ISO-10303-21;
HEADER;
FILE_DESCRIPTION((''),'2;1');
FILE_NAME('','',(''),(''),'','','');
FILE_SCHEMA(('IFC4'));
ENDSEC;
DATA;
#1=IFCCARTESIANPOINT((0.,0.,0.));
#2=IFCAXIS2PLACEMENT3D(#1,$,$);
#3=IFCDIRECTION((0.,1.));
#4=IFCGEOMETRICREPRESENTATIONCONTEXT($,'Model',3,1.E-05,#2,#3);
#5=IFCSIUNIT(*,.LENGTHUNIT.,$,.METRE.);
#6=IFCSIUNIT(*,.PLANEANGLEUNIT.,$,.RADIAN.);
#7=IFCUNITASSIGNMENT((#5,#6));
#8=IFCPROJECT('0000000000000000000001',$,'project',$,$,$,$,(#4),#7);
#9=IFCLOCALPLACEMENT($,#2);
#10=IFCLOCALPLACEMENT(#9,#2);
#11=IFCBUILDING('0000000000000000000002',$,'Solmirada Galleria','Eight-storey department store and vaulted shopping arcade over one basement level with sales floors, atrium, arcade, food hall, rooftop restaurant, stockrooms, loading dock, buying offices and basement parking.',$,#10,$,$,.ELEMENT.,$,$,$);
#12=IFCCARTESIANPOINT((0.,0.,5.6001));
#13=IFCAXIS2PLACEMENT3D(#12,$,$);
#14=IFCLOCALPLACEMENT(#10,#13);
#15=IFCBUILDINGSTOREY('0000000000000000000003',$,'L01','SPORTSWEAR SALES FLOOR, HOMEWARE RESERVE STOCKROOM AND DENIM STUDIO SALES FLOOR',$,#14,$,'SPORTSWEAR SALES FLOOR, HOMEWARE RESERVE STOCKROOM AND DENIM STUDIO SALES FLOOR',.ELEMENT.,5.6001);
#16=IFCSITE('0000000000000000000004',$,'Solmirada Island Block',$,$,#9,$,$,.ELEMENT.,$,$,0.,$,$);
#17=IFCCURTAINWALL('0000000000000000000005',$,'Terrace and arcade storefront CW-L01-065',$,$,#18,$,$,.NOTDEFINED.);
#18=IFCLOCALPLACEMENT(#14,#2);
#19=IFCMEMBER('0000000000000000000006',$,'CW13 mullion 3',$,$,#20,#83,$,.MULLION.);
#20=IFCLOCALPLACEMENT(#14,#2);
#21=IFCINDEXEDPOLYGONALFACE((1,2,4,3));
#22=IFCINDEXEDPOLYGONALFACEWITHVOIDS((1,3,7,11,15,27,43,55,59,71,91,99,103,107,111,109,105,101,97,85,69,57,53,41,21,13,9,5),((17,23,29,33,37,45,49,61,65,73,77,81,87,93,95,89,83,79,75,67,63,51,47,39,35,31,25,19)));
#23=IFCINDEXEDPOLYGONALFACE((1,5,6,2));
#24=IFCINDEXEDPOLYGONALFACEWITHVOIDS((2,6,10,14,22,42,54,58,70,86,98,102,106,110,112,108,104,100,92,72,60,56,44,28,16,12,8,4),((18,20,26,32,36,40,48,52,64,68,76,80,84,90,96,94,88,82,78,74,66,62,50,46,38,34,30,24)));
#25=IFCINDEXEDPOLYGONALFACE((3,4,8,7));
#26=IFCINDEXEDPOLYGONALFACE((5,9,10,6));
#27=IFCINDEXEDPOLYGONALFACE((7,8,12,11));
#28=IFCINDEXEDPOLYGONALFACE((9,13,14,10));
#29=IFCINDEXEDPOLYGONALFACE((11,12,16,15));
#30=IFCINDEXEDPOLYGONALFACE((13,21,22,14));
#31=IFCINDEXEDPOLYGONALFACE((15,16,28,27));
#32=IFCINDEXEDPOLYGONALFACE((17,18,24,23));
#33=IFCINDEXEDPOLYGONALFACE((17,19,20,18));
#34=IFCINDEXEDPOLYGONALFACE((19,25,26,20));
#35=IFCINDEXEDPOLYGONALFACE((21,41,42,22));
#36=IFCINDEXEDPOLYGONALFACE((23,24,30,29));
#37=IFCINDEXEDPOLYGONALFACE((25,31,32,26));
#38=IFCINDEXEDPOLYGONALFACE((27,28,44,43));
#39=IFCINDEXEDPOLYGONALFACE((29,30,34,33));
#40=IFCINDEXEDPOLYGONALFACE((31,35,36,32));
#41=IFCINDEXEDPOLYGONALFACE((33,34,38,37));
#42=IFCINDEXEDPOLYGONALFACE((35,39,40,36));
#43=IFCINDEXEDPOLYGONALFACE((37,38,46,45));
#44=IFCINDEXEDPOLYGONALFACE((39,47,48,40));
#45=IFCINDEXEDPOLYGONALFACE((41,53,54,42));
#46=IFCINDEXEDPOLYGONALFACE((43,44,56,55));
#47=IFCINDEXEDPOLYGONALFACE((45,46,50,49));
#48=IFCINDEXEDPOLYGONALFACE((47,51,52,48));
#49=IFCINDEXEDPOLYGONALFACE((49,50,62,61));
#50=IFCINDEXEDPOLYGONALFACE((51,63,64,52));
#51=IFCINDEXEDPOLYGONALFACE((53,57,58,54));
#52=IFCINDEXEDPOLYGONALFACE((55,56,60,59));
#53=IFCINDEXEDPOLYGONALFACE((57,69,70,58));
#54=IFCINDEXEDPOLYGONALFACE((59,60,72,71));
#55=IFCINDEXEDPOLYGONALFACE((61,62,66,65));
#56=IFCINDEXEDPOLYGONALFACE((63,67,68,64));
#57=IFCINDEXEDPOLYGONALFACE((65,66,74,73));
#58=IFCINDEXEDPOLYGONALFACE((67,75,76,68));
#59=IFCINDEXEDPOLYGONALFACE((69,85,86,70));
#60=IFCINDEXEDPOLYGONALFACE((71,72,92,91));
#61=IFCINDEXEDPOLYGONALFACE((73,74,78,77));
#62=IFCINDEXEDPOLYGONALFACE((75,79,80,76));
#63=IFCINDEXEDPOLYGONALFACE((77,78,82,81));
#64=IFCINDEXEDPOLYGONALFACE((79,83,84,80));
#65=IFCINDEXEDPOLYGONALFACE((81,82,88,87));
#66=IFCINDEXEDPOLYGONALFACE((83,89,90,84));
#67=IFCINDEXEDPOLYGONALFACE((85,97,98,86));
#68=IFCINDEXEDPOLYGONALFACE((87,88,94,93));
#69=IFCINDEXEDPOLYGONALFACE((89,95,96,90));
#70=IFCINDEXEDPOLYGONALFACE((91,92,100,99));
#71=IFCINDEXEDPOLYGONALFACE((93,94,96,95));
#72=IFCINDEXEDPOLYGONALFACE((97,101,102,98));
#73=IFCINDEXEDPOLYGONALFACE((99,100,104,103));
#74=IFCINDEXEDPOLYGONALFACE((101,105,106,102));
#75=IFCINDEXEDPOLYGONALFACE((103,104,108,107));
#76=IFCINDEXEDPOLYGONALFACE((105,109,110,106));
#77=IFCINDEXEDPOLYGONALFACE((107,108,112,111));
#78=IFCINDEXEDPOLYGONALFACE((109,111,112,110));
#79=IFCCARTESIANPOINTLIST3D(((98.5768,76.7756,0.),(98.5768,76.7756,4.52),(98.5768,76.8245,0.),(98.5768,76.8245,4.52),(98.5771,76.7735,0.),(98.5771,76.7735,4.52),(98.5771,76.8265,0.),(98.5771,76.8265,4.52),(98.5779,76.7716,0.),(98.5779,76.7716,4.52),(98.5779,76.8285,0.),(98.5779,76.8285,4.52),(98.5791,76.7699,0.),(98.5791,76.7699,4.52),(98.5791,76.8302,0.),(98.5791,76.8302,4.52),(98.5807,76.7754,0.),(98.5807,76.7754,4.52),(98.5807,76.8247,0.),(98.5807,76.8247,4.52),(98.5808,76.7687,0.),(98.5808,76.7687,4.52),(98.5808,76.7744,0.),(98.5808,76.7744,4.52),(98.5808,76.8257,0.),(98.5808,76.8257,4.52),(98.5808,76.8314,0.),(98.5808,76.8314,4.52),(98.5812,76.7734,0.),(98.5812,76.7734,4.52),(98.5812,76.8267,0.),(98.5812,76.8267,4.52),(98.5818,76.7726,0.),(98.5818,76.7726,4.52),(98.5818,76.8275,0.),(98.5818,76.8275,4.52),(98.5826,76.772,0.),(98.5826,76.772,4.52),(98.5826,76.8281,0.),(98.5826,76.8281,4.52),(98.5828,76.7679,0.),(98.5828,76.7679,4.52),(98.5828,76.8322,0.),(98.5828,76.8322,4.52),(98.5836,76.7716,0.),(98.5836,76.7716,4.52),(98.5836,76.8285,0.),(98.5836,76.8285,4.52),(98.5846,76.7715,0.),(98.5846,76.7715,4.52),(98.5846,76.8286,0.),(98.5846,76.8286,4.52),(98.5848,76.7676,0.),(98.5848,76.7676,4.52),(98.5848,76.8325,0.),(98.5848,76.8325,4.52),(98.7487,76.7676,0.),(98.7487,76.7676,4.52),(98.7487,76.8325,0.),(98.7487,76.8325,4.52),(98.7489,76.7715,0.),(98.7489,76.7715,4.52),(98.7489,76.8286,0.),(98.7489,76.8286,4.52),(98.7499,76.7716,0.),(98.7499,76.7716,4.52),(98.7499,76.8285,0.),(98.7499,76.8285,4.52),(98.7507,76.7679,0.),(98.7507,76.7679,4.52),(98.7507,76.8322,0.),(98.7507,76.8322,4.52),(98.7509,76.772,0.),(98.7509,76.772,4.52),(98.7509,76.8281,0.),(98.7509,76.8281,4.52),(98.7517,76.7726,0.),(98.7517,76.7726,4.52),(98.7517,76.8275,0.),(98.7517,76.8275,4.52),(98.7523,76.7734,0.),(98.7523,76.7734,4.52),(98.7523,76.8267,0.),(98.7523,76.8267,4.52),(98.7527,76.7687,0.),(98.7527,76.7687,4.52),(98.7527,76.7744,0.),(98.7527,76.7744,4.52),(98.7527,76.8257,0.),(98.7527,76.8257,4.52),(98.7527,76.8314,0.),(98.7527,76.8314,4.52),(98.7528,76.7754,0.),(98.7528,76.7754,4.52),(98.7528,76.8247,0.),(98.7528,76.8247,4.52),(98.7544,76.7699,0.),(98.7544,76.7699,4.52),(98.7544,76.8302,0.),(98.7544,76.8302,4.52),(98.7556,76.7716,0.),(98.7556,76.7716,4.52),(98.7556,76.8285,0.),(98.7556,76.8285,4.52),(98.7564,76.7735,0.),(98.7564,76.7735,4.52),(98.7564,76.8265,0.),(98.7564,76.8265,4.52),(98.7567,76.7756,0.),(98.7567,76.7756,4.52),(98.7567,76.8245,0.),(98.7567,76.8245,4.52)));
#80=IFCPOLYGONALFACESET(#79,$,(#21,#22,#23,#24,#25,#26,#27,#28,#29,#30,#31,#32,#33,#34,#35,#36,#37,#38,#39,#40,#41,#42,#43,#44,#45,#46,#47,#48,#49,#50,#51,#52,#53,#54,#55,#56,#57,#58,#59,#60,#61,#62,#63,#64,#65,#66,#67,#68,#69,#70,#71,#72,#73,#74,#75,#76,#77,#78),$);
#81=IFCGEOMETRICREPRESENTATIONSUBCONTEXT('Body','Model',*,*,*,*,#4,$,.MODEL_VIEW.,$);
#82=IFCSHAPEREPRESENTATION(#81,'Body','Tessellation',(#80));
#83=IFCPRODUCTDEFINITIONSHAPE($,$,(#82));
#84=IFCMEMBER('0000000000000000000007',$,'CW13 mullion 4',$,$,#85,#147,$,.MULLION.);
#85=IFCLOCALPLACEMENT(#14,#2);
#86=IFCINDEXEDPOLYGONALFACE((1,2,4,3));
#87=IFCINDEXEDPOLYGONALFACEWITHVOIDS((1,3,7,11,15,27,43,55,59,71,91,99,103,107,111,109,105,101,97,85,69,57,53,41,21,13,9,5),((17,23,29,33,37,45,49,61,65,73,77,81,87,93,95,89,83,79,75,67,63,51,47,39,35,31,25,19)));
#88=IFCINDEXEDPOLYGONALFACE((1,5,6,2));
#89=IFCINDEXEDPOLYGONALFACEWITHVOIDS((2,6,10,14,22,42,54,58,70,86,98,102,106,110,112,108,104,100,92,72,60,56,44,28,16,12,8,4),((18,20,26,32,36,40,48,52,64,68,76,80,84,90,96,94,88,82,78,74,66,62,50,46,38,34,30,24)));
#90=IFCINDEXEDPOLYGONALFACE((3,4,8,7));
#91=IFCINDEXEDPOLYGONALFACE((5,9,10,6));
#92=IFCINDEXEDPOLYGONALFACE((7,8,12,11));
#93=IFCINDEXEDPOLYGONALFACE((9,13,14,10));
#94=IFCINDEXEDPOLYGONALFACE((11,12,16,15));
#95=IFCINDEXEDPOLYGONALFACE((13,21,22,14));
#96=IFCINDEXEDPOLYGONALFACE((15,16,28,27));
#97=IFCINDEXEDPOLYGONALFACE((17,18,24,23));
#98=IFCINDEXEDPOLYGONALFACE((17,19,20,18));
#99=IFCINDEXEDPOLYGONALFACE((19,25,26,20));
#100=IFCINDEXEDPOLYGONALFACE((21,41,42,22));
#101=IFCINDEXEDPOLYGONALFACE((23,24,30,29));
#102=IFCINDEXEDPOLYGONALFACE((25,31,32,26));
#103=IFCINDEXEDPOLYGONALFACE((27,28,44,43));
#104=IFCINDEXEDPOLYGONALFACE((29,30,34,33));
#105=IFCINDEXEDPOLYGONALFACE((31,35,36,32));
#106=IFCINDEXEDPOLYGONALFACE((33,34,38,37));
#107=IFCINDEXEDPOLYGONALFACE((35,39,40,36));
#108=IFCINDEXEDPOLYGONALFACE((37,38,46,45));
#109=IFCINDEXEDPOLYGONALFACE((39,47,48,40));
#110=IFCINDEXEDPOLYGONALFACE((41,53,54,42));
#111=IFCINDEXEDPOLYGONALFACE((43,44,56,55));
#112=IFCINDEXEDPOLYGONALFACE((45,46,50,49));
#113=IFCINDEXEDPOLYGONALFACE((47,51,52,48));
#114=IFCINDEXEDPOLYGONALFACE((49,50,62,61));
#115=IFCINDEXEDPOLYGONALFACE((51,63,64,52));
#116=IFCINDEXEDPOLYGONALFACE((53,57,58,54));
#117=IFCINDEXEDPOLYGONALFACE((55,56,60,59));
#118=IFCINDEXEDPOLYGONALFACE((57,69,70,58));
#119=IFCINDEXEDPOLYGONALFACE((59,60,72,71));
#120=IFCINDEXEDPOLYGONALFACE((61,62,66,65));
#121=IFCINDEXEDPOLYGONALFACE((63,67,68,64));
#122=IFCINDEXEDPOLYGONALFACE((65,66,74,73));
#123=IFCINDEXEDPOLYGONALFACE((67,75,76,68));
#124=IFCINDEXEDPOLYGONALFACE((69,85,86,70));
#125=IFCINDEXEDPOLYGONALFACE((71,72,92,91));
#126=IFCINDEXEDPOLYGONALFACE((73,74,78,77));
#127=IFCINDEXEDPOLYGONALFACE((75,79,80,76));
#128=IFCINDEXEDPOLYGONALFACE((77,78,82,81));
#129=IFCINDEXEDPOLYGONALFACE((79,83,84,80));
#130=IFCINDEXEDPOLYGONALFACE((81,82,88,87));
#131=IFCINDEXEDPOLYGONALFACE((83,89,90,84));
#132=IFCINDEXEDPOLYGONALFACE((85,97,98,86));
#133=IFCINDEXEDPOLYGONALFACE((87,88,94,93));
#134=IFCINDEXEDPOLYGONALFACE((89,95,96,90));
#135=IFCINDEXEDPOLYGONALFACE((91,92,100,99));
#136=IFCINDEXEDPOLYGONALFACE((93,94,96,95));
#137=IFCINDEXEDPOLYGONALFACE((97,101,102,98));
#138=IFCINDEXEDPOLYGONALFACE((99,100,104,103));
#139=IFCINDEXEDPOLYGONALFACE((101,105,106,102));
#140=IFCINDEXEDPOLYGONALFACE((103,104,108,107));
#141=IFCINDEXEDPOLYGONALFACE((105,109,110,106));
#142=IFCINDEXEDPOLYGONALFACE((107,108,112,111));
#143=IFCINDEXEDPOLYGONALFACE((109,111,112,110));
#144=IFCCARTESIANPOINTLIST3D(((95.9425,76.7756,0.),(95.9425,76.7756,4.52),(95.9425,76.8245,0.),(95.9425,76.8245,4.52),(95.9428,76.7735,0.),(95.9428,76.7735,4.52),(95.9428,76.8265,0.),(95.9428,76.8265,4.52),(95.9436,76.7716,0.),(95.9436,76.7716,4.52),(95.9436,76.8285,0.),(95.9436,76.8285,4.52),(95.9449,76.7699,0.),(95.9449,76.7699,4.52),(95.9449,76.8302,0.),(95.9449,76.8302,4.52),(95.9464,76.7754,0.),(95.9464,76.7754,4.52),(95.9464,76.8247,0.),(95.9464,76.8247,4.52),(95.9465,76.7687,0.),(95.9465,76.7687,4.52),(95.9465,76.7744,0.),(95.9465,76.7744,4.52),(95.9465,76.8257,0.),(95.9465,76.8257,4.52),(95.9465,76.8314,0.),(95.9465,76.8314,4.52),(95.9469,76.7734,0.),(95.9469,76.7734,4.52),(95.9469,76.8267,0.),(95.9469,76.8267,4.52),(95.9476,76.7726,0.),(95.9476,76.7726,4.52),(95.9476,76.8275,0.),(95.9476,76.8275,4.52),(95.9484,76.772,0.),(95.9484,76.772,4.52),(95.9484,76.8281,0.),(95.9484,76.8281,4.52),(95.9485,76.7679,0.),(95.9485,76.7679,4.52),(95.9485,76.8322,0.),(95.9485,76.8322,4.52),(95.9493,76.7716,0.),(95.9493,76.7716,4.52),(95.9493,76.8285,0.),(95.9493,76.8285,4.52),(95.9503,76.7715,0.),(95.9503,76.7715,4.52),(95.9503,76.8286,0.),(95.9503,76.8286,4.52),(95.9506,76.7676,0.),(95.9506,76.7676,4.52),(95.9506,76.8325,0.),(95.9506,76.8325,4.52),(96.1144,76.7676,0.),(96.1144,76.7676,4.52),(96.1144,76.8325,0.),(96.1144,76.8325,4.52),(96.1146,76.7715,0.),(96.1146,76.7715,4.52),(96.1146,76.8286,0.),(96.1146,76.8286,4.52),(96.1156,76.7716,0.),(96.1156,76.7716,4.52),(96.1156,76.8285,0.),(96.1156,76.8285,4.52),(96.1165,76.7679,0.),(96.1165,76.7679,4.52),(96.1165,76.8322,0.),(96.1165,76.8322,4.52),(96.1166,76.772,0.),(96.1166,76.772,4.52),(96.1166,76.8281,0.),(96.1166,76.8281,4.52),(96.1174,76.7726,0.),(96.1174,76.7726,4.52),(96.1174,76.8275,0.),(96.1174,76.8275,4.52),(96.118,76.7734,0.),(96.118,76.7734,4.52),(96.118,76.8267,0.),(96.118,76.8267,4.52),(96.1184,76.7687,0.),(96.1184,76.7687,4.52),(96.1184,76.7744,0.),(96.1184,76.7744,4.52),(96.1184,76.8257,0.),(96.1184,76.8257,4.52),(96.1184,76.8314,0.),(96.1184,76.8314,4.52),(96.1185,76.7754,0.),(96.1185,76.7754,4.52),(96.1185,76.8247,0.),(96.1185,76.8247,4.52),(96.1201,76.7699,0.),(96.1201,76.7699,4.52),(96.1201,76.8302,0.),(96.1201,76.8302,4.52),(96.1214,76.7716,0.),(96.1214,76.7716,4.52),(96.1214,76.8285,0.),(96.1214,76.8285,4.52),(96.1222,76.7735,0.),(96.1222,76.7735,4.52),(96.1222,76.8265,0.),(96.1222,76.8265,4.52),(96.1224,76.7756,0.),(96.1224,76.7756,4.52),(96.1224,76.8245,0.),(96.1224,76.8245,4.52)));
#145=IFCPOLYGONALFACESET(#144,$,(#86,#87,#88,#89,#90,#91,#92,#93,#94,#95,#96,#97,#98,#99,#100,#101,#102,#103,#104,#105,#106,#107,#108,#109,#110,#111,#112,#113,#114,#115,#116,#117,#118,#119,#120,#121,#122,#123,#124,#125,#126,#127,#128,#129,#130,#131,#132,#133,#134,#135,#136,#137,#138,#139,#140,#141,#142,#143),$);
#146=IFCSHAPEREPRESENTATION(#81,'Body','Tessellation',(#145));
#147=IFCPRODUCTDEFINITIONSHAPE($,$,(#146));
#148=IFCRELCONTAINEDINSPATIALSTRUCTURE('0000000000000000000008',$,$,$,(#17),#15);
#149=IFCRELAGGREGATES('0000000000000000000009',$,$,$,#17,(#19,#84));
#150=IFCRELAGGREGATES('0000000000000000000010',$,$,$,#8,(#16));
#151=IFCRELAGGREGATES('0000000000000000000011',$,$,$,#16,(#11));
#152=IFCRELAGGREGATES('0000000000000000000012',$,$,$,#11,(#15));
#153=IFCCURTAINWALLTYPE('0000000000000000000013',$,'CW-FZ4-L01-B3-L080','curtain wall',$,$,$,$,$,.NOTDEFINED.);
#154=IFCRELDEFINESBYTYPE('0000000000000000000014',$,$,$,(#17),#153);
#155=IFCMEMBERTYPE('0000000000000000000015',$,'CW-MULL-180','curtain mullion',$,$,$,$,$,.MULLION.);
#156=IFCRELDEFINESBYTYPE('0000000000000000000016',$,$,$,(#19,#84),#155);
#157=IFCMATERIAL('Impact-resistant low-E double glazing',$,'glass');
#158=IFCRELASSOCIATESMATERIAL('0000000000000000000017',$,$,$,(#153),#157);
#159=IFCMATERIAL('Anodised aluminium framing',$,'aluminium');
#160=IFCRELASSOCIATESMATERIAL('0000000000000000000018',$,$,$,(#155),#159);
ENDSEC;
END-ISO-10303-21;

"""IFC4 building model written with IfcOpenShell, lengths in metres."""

from ifc_helpers import new_model, si_unit, direction, frame, origin, origin_2d, place, context, subcontext, project, spatial, hollow_rectangle, extrude, material, material_profile, profile_set, type_object, element, aggregate, save


model = new_model("IFC4")

# Units and contexts
model_context = context("Model", 3, precision=1e-05, world=origin(), true_north=direction((0.0, 1.0)))
body_context = subcontext(model_context, "Body", "Model", "MODEL_VIEW")
ifc_project = project(units=[si_unit("LENGTHUNIT", "METRE"), si_unit("PLANEANGLEUNIT", "RADIAN")], contexts=[model_context])

# Site, building, storey
site_placement = place(None, origin())
site = spatial("IfcSite", under=ifc_project, at=site_placement, Name="Solmirada Island Block", CompositionType="ELEMENT", RefElevation=0.0)
building_placement = place(site_placement, origin())
building = spatial("IfcBuilding", under=site, at=building_placement, Name="Solmirada Galleria", Description="Eight-storey department store and vaulted shopping arcade over one basement level with sales floors, atrium, arcade, food hall, rooftop restaurant, stockrooms, loading dock, buying offices and basement parking.", CompositionType="ELEMENT")
storey_placement = place(building_placement, frame((0.0, 0.0, 5.6001)))
storey = spatial("IfcBuildingStorey", under=building, at=storey_placement, Name="L01", Description="SPORTSWEAR SALES FLOOR, HOMEWARE RESERVE STOCKROOM AND DENIM STUDIO SALES FLOOR", LongName="SPORTSWEAR SALES FLOOR, HOMEWARE RESERVE STOCKROOM AND DENIM STUDIO SALES FLOOR", CompositionType="ELEMENT", Elevation=5.6001)

# Curtain wall, members
ifc_material_1 = material(Name="Impact-resistant low-E double glazing", Category="glass")
curtain_wall_type = type_object("IfcCurtainWallType", Name="CW-FZ4-L01-B3-L080", Description="curtain wall", PredefinedType="NOTDEFINED", material=ifc_material_1)
curtain_wall_placement = place(storey_placement, origin())
curtain_wall = element("IfcCurtainWall", 1, at=curtain_wall_placement, inside=storey, type_object=curtain_wall_type, Name="Terrace and arcade storefront CW-L01-065", PredefinedType="NOTDEFINED")
ifc_material_2 = material(Name="Anodised aluminium framing", Category="aluminium")
ifc_material_profile_1 = material_profile(ifc_material_2, hollow_rectangle(XDim=0.0649, YDim=0.1799, WallThickness=0.0039, InnerFilletRadius=0.0039, OuterFilletRadius=0.0081, at=origin_2d()), Name="ALU-MULL-180X65")
ifc_profile_set_1 = profile_set([ifc_material_profile_1], Name="Anodised aluminium framing")
member_type_1 = type_object("IfcMemberType", Name="CW-MULL-180", Description="curtain mullion", PredefinedType="MULLION", material=ifc_profile_set_1)
member_1_placement = place(storey_placement, frame((98.6667, 76.8, 0.0), z_axis=(0.0, 0.0, 1.0), x_axis=(0.0, -1.0, 0.0)))
member_1 = element("IfcMember", 2, at=member_1_placement, type_object=member_type_1, Name="CW13 mullion 3", PredefinedType="MULLION", context=body_context, shape_type="SweptSolid", body=[
    extrude(hollow_rectangle(XDim=0.0649, YDim=0.1799, WallThickness=0.0039, InnerFilletRadius=0.0039, OuterFilletRadius=0.0081, at=origin_2d()), origin(), (0.0, 0.0, 1.0), 4.52),
])
member_2_placement = place(storey_placement, frame((96.0325, 76.8, 0.0), z_axis=(0.0, 0.0, 1.0), x_axis=(0.0, -1.0, 0.0)))
member_2 = element("IfcMember", 3, at=member_2_placement, type_object=member_type_1, Name="CW13 mullion 4", PredefinedType="MULLION", context=body_context, shape_type="SweptSolid", body=[
    extrude(hollow_rectangle(XDim=0.0649, YDim=0.1799, WallThickness=0.0039, InnerFilletRadius=0.0039, OuterFilletRadius=0.0081, at=origin_2d()), origin(), (0.0, 0.0, 1.0), 4.52),
])
aggregate(curtain_wall, [member_1, member_2])

save(model, "model.ifc")
